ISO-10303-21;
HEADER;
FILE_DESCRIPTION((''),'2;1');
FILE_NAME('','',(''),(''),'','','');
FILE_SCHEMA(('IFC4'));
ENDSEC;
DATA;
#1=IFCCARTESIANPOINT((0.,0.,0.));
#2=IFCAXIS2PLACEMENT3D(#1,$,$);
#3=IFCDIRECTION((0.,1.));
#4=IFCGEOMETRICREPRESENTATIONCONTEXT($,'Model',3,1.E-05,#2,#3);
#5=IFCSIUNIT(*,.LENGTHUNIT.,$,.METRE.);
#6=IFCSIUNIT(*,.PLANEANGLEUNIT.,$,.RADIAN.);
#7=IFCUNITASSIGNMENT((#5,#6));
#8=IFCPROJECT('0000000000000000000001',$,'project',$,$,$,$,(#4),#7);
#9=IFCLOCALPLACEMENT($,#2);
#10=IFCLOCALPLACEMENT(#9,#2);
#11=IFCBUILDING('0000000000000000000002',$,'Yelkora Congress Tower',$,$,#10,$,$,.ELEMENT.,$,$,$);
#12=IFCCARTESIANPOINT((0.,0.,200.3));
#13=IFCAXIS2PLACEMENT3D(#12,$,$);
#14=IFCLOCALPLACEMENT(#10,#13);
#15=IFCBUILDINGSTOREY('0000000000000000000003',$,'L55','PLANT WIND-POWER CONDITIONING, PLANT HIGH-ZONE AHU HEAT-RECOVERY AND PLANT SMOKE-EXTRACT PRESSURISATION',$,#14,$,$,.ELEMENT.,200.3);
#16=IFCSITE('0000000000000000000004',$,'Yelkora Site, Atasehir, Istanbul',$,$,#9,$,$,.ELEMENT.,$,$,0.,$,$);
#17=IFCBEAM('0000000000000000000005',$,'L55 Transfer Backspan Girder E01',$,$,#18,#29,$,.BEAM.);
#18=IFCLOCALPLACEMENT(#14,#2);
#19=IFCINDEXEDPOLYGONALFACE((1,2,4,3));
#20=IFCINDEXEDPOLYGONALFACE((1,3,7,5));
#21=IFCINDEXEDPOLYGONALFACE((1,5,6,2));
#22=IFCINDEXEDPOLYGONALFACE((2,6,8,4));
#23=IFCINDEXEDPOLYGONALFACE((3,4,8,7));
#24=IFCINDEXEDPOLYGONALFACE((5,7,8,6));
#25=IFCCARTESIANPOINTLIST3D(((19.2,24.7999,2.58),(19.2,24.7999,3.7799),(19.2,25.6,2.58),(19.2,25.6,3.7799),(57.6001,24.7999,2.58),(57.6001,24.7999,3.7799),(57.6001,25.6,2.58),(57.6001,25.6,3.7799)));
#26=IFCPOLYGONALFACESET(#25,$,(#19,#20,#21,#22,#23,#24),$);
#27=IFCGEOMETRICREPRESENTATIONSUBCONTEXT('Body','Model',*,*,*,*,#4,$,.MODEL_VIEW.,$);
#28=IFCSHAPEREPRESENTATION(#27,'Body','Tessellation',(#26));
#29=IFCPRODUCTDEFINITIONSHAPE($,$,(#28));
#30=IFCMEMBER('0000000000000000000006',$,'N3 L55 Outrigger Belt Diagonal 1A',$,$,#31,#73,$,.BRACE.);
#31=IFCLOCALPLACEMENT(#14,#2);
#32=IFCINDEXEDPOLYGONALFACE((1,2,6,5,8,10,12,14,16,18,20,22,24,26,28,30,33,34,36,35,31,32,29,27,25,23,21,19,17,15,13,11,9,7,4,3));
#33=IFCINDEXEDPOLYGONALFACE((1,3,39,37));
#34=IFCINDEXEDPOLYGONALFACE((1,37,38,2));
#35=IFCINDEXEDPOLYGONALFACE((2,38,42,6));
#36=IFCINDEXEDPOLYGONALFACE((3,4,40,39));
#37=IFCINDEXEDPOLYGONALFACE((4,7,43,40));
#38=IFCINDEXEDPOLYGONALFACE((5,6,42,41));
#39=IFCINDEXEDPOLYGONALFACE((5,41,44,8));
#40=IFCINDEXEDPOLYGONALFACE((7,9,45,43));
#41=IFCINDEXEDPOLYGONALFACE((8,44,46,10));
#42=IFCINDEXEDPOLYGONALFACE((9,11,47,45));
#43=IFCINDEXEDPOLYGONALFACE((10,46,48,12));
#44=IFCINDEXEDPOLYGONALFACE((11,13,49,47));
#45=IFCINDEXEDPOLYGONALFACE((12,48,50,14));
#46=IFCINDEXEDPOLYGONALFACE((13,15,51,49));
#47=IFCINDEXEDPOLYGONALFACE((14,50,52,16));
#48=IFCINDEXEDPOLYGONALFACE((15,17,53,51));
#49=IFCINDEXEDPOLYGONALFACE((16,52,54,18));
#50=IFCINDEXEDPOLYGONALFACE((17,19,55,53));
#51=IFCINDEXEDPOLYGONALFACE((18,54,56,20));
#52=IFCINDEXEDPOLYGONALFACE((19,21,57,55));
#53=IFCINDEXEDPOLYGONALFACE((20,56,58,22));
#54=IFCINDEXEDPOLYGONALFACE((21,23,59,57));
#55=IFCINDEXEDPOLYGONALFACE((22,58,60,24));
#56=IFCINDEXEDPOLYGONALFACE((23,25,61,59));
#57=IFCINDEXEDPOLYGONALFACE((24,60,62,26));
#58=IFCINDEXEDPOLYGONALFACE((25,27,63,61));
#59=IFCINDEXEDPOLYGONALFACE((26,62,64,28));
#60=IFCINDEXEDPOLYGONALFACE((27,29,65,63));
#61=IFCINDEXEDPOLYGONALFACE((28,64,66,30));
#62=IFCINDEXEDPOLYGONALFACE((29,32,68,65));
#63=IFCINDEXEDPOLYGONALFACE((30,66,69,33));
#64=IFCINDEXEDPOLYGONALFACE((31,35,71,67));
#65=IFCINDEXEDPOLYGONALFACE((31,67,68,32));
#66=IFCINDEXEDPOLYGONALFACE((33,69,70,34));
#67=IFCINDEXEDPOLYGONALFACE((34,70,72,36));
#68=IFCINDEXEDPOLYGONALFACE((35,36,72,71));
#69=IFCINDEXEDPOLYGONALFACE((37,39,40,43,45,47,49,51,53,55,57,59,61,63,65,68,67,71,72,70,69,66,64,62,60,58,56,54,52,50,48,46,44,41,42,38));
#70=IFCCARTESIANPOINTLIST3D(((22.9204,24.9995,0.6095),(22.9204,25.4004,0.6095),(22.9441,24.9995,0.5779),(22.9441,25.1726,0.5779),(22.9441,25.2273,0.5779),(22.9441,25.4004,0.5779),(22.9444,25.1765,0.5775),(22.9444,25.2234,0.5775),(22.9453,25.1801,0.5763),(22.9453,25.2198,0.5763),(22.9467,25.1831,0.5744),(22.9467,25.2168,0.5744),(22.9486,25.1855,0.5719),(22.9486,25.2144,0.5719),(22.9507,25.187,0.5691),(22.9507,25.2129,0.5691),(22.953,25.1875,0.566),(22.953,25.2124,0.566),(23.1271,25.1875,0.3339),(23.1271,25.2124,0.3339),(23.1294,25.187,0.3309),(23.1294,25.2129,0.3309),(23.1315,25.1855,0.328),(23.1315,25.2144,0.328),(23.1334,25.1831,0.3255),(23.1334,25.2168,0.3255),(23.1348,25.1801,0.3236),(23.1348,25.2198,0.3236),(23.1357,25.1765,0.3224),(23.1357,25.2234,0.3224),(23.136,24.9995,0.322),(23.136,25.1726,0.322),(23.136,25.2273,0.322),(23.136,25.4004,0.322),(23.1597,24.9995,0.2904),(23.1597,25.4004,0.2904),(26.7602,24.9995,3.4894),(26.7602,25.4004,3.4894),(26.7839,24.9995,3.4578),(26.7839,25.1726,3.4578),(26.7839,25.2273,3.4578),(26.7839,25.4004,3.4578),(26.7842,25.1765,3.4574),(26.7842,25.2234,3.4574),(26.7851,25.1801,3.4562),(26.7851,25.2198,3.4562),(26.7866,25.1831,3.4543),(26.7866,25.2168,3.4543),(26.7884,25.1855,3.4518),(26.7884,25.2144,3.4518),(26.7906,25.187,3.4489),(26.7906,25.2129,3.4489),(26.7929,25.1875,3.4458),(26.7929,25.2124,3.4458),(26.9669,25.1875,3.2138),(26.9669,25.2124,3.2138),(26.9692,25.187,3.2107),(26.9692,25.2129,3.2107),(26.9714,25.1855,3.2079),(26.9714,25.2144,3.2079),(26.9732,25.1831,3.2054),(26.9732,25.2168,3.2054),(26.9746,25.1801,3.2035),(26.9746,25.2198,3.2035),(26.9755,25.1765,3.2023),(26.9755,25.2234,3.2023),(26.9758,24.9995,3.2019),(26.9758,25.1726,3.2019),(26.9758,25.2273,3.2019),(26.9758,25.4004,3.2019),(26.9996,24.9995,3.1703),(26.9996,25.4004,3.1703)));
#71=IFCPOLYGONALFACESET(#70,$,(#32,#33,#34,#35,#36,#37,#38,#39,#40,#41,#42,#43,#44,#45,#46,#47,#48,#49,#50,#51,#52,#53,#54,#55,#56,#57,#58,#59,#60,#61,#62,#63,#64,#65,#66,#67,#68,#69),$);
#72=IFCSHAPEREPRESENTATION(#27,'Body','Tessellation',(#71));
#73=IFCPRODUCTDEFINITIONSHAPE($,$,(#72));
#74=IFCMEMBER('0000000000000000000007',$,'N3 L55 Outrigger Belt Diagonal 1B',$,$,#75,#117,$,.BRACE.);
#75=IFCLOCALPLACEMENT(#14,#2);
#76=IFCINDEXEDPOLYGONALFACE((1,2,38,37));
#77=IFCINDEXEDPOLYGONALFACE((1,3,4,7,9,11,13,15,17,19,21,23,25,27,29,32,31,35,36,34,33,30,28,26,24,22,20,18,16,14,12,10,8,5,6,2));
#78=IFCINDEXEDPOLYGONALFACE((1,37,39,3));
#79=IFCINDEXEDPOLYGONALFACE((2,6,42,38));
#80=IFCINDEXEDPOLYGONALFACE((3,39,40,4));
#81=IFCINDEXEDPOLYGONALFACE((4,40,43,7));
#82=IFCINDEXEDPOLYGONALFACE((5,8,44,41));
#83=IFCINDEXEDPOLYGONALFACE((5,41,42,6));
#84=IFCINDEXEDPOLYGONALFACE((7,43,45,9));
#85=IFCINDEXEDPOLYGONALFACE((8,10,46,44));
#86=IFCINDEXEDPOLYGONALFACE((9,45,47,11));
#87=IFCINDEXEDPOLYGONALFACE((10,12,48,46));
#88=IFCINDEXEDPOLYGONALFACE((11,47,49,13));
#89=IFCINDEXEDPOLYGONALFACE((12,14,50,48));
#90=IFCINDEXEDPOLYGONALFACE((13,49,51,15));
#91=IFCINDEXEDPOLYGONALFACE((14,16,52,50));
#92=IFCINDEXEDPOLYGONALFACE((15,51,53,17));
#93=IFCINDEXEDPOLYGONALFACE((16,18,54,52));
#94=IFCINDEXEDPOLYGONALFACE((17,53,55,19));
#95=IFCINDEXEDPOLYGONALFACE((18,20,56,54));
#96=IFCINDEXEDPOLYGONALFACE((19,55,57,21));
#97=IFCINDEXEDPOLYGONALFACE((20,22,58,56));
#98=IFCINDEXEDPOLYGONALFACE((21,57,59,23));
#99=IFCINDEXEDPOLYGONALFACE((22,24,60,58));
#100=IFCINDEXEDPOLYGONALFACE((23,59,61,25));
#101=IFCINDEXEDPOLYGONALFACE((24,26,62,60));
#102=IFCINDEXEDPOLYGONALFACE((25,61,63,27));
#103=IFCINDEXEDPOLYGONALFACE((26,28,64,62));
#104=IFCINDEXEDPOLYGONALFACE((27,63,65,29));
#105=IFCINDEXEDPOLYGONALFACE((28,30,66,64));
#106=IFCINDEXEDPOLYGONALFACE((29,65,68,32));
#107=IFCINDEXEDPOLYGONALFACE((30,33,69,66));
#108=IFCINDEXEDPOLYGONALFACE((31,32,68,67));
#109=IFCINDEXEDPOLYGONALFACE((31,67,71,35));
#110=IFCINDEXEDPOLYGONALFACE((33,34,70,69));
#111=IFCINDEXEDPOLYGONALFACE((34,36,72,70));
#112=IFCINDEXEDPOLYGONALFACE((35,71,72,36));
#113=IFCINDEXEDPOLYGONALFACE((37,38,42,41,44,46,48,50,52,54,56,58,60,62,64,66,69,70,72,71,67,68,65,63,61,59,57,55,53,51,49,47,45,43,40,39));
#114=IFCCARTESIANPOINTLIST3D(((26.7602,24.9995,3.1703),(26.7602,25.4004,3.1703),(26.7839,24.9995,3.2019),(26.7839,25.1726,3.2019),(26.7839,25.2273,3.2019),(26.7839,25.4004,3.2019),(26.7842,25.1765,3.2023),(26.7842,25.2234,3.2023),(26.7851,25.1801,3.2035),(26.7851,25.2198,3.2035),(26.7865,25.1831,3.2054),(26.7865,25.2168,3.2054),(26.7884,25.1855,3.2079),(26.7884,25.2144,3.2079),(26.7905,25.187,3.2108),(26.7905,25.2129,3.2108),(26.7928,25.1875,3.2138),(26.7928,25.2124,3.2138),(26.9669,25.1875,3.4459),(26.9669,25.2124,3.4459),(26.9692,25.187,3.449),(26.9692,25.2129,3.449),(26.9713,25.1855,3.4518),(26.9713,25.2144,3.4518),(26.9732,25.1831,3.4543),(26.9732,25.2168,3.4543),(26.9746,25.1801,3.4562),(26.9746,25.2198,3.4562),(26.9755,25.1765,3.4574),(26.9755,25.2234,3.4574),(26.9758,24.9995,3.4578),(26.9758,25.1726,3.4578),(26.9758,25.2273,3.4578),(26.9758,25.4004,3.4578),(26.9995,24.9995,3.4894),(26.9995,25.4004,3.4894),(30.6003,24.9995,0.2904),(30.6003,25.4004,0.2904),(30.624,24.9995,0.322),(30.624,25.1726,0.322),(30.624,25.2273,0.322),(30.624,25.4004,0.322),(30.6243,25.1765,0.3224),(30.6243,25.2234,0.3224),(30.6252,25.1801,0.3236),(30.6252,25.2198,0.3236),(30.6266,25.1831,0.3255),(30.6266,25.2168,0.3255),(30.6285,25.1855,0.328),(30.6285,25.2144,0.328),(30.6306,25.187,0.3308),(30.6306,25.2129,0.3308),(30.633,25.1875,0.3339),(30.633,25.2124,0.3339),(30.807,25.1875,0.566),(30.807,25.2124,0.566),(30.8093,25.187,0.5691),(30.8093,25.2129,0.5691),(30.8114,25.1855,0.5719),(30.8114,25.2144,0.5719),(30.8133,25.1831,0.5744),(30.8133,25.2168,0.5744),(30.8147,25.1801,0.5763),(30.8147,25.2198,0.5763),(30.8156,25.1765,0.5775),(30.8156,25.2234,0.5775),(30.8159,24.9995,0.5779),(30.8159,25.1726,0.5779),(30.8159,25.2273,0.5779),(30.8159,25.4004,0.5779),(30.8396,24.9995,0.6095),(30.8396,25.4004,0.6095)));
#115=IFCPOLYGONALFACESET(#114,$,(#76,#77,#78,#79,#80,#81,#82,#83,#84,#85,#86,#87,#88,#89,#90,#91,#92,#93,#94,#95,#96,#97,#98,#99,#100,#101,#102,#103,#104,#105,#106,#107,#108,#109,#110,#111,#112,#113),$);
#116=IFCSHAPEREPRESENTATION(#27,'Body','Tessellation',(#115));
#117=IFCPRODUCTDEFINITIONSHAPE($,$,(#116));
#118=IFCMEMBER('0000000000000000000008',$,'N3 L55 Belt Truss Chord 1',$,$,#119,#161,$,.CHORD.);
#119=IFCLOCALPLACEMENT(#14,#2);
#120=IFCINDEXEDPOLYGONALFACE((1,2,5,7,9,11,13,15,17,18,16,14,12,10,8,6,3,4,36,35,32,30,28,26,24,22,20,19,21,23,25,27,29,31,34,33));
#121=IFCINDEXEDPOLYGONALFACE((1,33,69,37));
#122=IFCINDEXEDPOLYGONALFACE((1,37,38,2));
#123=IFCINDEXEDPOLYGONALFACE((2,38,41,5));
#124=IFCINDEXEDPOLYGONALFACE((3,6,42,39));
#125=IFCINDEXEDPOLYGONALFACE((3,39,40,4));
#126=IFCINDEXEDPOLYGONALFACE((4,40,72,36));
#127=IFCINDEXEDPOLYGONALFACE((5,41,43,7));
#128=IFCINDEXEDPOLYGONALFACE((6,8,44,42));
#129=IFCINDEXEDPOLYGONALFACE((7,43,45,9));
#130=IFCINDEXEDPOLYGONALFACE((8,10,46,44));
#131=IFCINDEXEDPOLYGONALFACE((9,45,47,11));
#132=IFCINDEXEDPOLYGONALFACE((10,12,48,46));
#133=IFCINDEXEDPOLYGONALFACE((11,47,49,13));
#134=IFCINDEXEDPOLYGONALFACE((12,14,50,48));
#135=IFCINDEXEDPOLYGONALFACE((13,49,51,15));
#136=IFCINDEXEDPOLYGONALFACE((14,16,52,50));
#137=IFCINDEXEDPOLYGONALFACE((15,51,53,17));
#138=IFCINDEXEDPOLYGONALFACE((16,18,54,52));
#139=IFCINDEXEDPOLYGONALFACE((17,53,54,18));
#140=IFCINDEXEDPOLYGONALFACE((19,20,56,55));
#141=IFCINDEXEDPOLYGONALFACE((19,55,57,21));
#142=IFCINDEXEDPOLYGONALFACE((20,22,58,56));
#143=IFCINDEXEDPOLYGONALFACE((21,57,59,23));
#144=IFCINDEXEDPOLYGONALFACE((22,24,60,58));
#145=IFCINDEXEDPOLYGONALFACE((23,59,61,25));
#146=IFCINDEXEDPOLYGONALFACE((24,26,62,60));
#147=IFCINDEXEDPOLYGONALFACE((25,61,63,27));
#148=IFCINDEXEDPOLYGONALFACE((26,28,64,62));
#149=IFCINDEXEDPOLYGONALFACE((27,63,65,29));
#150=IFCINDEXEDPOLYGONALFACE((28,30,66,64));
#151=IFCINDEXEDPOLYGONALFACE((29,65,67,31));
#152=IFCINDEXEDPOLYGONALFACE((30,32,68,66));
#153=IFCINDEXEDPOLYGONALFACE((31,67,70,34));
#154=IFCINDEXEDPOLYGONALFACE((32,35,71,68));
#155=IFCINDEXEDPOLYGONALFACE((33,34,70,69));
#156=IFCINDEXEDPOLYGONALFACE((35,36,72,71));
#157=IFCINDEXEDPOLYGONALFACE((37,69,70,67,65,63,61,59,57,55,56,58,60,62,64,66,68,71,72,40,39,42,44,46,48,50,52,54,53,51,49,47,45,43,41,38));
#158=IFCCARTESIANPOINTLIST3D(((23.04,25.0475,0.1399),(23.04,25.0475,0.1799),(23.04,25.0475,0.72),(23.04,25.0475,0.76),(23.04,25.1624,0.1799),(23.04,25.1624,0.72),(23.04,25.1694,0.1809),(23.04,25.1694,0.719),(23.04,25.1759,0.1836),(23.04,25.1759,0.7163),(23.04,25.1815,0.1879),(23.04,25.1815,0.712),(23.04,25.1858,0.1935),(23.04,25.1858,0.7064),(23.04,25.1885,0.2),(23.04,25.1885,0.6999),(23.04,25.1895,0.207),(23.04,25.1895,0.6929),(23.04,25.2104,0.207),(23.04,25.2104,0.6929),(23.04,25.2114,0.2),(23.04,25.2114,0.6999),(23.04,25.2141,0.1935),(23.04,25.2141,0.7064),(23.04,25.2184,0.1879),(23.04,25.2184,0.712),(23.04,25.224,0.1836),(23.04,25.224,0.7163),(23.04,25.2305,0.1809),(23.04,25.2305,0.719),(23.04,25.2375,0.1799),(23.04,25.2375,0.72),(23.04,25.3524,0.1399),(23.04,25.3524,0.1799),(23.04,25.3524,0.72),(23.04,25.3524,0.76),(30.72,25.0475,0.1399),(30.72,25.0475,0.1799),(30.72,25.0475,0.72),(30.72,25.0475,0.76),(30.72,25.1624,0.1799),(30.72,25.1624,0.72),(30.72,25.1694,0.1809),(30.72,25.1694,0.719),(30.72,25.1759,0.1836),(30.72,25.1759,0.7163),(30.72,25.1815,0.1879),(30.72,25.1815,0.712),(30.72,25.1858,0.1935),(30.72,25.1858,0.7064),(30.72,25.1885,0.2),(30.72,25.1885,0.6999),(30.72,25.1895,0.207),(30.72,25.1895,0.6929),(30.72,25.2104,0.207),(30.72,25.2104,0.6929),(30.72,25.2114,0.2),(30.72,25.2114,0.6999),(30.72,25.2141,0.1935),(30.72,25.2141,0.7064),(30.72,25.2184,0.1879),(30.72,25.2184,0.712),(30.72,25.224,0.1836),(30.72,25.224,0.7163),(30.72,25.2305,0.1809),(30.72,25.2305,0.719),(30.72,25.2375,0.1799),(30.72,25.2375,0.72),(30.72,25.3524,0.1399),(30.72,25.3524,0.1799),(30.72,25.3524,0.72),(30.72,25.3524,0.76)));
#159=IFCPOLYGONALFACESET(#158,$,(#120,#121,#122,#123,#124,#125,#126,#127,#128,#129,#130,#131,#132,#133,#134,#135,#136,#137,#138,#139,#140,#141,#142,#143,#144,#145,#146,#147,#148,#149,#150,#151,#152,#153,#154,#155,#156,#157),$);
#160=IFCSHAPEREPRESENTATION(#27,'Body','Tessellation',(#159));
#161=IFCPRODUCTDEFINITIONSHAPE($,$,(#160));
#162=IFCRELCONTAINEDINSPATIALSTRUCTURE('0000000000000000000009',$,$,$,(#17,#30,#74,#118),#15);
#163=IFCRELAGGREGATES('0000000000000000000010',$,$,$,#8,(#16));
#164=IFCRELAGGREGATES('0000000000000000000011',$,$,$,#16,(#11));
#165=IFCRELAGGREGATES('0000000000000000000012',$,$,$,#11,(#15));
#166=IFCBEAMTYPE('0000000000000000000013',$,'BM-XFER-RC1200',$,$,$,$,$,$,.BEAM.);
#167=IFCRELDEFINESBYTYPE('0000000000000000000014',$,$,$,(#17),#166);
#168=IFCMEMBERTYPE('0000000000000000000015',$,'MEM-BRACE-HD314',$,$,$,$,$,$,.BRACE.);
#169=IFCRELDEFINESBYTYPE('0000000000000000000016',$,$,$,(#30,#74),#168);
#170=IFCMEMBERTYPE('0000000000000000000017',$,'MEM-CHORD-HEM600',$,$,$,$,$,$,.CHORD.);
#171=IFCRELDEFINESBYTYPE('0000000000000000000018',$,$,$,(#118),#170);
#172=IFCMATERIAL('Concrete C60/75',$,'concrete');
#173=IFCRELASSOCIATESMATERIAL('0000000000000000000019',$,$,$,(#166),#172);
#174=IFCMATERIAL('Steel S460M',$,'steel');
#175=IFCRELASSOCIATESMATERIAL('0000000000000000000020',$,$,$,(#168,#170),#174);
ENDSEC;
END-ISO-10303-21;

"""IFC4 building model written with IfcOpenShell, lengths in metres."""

from ifc_helpers import new_model, si_unit, direction, frame, origin, origin_2d, place, context, subcontext, project, spatial, rectangle, i_section, extrude, material, material_profile, profile_set, type_object, element, save


model = new_model("IFC4")

# Units and contexts
model_context = context("Model", 3, precision=1e-05, world=origin(), true_north=direction((0.0, 1.0)))
body_context = subcontext(model_context, "Body", "Model", "MODEL_VIEW")
ifc_project = project(units=[si_unit("LENGTHUNIT", "METRE"), si_unit("PLANEANGLEUNIT", "RADIAN")], contexts=[model_context])

# Site, building, storey
site_placement = place(None, origin())
site = spatial("IfcSite", under=ifc_project, at=site_placement, Name="Yelkora Site, Atasehir, Istanbul", CompositionType="ELEMENT", RefElevation=0.0)
building_placement = place(site_placement, origin())
building = spatial("IfcBuilding", under=site, at=building_placement, Name="Yelkora Congress Tower", CompositionType="ELEMENT")
storey_placement = place(building_placement, frame((0.0, 0.0, 200.3)))
storey = spatial("IfcBuildingStorey", under=building, at=storey_placement, Name="L55", Description="PLANT WIND-POWER CONDITIONING, PLANT HIGH-ZONE AHU HEAT-RECOVERY AND PLANT SMOKE-EXTRACT PRESSURISATION", CompositionType="ELEMENT", Elevation=200.3)

# Shared definitions
ifc_material_1 = material(Name="Steel S460M", Category="steel")

# Beam
ifc_material_2 = material(Name="Concrete C60/75", Category="concrete")
ifc_material_profile_1 = material_profile(ifc_material_2, rectangle(XDim=0.8, YDim=1.2, at=origin_2d()), Name="RC 800x1200")
ifc_profile_set_1 = profile_set([ifc_material_profile_1], Name="Concrete C60/75")
beam_type_1 = type_object("IfcBeamType", Name="BM-XFER-RC1200", PredefinedType="BEAM", material=ifc_profile_set_1)
beam_1_placement = place(storey_placement, frame((19.2, 25.2, 3.1799), z_axis=(1.0, 0.0, 0.0), x_axis=(0.0, 1.0, 0.0)))
element("IfcBeam", 1, at=beam_1_placement, inside=storey, type_object=beam_type_1, Name="L55 Transfer Backspan Girder E01", PredefinedType="BEAM", context=body_context, shape_type="SweptSolid", body=[
    extrude(rectangle(XDim=0.8, YDim=1.2, at=origin_2d()), origin(), (0.0, 0.0, 1.0), 38.4001),
])

# Members
ifc_material_profile_2 = material_profile(ifc_material_1, i_section(OverallWidth=0.4009, OverallDepth=0.3989, WebThickness=0.0249, FlangeThickness=0.0396, FilletRadius=0.0149, at=origin_2d()), Name="HD 400x314")
ifc_profile_set_2 = profile_set([ifc_material_profile_2], Name="Steel S460M")
member_type_1 = type_object("IfcMemberType", Name="MEM-BRACE-HD314", PredefinedType="BRACE", material=ifc_profile_set_2)
member_1_placement = place(storey_placement, frame((23.04, 25.2, 0.45), z_axis=(0.8, 0.0, 0.6), x_axis=(0.0, 1.0, 0.0)))
element("IfcMember", 2, at=member_1_placement, inside=storey, type_object=member_type_1, Name="N3 L55 Outrigger Belt Diagonal 1A", PredefinedType="BRACE", context=body_context, shape_type="SweptSolid", body=[
    extrude(i_section(OverallWidth=0.4009, OverallDepth=0.3989, WebThickness=0.0249, FlangeThickness=0.0396, FilletRadius=0.0149, at=origin_2d()), origin(), (0.0, 0.0, 1.0), 4.7998),
])
member_2_placement = place(storey_placement, frame((30.72, 25.2, 0.45), z_axis=(-0.800018, 0.0, 0.599976), x_axis=(0.0, -1.0, 0.0)))
element("IfcMember", 3, at=member_2_placement, inside=storey, type_object=member_type_1, Name="N3 L55 Outrigger Belt Diagonal 1B", PredefinedType="BRACE", context=body_context, shape_type="SweptSolid", body=[
    extrude(i_section(OverallWidth=0.4009, OverallDepth=0.3989, WebThickness=0.0249, FlangeThickness=0.0396, FilletRadius=0.0149, at=origin_2d()), origin(), (0.0, 0.0, 1.0), 4.8),
])
ifc_material_profile_3 = material_profile(ifc_material_1, i_section(OverallWidth=0.3049, OverallDepth=0.6201, WebThickness=0.021, FlangeThickness=0.04, FilletRadius=0.0271, at=origin_2d()), Name="HEM 600")
ifc_profile_set_3 = profile_set([ifc_material_profile_3], Name="Steel S460M")
member_type_2 = type_object("IfcMemberType", Name="MEM-CHORD-HEM600", PredefinedType="CHORD", material=ifc_profile_set_3)
for number, where, z_axis, x_axis, name in (
    (4, (23.04, 25.2, 0.45), (1.0, 0.0, 0.0), (0.0, 1.0, 0.0), "N3 L55 Belt Truss Chord 1"),
):
    element("IfcMember", number, at=place(storey_placement, frame(where, z_axis=z_axis, x_axis=x_axis)), inside=storey, type_object=member_type_2, Name=name, PredefinedType="CHORD", context=body_context, shape_type="SweptSolid", body=[
        extrude(i_section(OverallWidth=0.3049, OverallDepth=0.6201, WebThickness=0.021, FlangeThickness=0.04, FilletRadius=0.0271, at=origin_2d()), origin(), (0.0, 0.0, 1.0), 7.6799),
    ])

save(model, "model.ifc")
